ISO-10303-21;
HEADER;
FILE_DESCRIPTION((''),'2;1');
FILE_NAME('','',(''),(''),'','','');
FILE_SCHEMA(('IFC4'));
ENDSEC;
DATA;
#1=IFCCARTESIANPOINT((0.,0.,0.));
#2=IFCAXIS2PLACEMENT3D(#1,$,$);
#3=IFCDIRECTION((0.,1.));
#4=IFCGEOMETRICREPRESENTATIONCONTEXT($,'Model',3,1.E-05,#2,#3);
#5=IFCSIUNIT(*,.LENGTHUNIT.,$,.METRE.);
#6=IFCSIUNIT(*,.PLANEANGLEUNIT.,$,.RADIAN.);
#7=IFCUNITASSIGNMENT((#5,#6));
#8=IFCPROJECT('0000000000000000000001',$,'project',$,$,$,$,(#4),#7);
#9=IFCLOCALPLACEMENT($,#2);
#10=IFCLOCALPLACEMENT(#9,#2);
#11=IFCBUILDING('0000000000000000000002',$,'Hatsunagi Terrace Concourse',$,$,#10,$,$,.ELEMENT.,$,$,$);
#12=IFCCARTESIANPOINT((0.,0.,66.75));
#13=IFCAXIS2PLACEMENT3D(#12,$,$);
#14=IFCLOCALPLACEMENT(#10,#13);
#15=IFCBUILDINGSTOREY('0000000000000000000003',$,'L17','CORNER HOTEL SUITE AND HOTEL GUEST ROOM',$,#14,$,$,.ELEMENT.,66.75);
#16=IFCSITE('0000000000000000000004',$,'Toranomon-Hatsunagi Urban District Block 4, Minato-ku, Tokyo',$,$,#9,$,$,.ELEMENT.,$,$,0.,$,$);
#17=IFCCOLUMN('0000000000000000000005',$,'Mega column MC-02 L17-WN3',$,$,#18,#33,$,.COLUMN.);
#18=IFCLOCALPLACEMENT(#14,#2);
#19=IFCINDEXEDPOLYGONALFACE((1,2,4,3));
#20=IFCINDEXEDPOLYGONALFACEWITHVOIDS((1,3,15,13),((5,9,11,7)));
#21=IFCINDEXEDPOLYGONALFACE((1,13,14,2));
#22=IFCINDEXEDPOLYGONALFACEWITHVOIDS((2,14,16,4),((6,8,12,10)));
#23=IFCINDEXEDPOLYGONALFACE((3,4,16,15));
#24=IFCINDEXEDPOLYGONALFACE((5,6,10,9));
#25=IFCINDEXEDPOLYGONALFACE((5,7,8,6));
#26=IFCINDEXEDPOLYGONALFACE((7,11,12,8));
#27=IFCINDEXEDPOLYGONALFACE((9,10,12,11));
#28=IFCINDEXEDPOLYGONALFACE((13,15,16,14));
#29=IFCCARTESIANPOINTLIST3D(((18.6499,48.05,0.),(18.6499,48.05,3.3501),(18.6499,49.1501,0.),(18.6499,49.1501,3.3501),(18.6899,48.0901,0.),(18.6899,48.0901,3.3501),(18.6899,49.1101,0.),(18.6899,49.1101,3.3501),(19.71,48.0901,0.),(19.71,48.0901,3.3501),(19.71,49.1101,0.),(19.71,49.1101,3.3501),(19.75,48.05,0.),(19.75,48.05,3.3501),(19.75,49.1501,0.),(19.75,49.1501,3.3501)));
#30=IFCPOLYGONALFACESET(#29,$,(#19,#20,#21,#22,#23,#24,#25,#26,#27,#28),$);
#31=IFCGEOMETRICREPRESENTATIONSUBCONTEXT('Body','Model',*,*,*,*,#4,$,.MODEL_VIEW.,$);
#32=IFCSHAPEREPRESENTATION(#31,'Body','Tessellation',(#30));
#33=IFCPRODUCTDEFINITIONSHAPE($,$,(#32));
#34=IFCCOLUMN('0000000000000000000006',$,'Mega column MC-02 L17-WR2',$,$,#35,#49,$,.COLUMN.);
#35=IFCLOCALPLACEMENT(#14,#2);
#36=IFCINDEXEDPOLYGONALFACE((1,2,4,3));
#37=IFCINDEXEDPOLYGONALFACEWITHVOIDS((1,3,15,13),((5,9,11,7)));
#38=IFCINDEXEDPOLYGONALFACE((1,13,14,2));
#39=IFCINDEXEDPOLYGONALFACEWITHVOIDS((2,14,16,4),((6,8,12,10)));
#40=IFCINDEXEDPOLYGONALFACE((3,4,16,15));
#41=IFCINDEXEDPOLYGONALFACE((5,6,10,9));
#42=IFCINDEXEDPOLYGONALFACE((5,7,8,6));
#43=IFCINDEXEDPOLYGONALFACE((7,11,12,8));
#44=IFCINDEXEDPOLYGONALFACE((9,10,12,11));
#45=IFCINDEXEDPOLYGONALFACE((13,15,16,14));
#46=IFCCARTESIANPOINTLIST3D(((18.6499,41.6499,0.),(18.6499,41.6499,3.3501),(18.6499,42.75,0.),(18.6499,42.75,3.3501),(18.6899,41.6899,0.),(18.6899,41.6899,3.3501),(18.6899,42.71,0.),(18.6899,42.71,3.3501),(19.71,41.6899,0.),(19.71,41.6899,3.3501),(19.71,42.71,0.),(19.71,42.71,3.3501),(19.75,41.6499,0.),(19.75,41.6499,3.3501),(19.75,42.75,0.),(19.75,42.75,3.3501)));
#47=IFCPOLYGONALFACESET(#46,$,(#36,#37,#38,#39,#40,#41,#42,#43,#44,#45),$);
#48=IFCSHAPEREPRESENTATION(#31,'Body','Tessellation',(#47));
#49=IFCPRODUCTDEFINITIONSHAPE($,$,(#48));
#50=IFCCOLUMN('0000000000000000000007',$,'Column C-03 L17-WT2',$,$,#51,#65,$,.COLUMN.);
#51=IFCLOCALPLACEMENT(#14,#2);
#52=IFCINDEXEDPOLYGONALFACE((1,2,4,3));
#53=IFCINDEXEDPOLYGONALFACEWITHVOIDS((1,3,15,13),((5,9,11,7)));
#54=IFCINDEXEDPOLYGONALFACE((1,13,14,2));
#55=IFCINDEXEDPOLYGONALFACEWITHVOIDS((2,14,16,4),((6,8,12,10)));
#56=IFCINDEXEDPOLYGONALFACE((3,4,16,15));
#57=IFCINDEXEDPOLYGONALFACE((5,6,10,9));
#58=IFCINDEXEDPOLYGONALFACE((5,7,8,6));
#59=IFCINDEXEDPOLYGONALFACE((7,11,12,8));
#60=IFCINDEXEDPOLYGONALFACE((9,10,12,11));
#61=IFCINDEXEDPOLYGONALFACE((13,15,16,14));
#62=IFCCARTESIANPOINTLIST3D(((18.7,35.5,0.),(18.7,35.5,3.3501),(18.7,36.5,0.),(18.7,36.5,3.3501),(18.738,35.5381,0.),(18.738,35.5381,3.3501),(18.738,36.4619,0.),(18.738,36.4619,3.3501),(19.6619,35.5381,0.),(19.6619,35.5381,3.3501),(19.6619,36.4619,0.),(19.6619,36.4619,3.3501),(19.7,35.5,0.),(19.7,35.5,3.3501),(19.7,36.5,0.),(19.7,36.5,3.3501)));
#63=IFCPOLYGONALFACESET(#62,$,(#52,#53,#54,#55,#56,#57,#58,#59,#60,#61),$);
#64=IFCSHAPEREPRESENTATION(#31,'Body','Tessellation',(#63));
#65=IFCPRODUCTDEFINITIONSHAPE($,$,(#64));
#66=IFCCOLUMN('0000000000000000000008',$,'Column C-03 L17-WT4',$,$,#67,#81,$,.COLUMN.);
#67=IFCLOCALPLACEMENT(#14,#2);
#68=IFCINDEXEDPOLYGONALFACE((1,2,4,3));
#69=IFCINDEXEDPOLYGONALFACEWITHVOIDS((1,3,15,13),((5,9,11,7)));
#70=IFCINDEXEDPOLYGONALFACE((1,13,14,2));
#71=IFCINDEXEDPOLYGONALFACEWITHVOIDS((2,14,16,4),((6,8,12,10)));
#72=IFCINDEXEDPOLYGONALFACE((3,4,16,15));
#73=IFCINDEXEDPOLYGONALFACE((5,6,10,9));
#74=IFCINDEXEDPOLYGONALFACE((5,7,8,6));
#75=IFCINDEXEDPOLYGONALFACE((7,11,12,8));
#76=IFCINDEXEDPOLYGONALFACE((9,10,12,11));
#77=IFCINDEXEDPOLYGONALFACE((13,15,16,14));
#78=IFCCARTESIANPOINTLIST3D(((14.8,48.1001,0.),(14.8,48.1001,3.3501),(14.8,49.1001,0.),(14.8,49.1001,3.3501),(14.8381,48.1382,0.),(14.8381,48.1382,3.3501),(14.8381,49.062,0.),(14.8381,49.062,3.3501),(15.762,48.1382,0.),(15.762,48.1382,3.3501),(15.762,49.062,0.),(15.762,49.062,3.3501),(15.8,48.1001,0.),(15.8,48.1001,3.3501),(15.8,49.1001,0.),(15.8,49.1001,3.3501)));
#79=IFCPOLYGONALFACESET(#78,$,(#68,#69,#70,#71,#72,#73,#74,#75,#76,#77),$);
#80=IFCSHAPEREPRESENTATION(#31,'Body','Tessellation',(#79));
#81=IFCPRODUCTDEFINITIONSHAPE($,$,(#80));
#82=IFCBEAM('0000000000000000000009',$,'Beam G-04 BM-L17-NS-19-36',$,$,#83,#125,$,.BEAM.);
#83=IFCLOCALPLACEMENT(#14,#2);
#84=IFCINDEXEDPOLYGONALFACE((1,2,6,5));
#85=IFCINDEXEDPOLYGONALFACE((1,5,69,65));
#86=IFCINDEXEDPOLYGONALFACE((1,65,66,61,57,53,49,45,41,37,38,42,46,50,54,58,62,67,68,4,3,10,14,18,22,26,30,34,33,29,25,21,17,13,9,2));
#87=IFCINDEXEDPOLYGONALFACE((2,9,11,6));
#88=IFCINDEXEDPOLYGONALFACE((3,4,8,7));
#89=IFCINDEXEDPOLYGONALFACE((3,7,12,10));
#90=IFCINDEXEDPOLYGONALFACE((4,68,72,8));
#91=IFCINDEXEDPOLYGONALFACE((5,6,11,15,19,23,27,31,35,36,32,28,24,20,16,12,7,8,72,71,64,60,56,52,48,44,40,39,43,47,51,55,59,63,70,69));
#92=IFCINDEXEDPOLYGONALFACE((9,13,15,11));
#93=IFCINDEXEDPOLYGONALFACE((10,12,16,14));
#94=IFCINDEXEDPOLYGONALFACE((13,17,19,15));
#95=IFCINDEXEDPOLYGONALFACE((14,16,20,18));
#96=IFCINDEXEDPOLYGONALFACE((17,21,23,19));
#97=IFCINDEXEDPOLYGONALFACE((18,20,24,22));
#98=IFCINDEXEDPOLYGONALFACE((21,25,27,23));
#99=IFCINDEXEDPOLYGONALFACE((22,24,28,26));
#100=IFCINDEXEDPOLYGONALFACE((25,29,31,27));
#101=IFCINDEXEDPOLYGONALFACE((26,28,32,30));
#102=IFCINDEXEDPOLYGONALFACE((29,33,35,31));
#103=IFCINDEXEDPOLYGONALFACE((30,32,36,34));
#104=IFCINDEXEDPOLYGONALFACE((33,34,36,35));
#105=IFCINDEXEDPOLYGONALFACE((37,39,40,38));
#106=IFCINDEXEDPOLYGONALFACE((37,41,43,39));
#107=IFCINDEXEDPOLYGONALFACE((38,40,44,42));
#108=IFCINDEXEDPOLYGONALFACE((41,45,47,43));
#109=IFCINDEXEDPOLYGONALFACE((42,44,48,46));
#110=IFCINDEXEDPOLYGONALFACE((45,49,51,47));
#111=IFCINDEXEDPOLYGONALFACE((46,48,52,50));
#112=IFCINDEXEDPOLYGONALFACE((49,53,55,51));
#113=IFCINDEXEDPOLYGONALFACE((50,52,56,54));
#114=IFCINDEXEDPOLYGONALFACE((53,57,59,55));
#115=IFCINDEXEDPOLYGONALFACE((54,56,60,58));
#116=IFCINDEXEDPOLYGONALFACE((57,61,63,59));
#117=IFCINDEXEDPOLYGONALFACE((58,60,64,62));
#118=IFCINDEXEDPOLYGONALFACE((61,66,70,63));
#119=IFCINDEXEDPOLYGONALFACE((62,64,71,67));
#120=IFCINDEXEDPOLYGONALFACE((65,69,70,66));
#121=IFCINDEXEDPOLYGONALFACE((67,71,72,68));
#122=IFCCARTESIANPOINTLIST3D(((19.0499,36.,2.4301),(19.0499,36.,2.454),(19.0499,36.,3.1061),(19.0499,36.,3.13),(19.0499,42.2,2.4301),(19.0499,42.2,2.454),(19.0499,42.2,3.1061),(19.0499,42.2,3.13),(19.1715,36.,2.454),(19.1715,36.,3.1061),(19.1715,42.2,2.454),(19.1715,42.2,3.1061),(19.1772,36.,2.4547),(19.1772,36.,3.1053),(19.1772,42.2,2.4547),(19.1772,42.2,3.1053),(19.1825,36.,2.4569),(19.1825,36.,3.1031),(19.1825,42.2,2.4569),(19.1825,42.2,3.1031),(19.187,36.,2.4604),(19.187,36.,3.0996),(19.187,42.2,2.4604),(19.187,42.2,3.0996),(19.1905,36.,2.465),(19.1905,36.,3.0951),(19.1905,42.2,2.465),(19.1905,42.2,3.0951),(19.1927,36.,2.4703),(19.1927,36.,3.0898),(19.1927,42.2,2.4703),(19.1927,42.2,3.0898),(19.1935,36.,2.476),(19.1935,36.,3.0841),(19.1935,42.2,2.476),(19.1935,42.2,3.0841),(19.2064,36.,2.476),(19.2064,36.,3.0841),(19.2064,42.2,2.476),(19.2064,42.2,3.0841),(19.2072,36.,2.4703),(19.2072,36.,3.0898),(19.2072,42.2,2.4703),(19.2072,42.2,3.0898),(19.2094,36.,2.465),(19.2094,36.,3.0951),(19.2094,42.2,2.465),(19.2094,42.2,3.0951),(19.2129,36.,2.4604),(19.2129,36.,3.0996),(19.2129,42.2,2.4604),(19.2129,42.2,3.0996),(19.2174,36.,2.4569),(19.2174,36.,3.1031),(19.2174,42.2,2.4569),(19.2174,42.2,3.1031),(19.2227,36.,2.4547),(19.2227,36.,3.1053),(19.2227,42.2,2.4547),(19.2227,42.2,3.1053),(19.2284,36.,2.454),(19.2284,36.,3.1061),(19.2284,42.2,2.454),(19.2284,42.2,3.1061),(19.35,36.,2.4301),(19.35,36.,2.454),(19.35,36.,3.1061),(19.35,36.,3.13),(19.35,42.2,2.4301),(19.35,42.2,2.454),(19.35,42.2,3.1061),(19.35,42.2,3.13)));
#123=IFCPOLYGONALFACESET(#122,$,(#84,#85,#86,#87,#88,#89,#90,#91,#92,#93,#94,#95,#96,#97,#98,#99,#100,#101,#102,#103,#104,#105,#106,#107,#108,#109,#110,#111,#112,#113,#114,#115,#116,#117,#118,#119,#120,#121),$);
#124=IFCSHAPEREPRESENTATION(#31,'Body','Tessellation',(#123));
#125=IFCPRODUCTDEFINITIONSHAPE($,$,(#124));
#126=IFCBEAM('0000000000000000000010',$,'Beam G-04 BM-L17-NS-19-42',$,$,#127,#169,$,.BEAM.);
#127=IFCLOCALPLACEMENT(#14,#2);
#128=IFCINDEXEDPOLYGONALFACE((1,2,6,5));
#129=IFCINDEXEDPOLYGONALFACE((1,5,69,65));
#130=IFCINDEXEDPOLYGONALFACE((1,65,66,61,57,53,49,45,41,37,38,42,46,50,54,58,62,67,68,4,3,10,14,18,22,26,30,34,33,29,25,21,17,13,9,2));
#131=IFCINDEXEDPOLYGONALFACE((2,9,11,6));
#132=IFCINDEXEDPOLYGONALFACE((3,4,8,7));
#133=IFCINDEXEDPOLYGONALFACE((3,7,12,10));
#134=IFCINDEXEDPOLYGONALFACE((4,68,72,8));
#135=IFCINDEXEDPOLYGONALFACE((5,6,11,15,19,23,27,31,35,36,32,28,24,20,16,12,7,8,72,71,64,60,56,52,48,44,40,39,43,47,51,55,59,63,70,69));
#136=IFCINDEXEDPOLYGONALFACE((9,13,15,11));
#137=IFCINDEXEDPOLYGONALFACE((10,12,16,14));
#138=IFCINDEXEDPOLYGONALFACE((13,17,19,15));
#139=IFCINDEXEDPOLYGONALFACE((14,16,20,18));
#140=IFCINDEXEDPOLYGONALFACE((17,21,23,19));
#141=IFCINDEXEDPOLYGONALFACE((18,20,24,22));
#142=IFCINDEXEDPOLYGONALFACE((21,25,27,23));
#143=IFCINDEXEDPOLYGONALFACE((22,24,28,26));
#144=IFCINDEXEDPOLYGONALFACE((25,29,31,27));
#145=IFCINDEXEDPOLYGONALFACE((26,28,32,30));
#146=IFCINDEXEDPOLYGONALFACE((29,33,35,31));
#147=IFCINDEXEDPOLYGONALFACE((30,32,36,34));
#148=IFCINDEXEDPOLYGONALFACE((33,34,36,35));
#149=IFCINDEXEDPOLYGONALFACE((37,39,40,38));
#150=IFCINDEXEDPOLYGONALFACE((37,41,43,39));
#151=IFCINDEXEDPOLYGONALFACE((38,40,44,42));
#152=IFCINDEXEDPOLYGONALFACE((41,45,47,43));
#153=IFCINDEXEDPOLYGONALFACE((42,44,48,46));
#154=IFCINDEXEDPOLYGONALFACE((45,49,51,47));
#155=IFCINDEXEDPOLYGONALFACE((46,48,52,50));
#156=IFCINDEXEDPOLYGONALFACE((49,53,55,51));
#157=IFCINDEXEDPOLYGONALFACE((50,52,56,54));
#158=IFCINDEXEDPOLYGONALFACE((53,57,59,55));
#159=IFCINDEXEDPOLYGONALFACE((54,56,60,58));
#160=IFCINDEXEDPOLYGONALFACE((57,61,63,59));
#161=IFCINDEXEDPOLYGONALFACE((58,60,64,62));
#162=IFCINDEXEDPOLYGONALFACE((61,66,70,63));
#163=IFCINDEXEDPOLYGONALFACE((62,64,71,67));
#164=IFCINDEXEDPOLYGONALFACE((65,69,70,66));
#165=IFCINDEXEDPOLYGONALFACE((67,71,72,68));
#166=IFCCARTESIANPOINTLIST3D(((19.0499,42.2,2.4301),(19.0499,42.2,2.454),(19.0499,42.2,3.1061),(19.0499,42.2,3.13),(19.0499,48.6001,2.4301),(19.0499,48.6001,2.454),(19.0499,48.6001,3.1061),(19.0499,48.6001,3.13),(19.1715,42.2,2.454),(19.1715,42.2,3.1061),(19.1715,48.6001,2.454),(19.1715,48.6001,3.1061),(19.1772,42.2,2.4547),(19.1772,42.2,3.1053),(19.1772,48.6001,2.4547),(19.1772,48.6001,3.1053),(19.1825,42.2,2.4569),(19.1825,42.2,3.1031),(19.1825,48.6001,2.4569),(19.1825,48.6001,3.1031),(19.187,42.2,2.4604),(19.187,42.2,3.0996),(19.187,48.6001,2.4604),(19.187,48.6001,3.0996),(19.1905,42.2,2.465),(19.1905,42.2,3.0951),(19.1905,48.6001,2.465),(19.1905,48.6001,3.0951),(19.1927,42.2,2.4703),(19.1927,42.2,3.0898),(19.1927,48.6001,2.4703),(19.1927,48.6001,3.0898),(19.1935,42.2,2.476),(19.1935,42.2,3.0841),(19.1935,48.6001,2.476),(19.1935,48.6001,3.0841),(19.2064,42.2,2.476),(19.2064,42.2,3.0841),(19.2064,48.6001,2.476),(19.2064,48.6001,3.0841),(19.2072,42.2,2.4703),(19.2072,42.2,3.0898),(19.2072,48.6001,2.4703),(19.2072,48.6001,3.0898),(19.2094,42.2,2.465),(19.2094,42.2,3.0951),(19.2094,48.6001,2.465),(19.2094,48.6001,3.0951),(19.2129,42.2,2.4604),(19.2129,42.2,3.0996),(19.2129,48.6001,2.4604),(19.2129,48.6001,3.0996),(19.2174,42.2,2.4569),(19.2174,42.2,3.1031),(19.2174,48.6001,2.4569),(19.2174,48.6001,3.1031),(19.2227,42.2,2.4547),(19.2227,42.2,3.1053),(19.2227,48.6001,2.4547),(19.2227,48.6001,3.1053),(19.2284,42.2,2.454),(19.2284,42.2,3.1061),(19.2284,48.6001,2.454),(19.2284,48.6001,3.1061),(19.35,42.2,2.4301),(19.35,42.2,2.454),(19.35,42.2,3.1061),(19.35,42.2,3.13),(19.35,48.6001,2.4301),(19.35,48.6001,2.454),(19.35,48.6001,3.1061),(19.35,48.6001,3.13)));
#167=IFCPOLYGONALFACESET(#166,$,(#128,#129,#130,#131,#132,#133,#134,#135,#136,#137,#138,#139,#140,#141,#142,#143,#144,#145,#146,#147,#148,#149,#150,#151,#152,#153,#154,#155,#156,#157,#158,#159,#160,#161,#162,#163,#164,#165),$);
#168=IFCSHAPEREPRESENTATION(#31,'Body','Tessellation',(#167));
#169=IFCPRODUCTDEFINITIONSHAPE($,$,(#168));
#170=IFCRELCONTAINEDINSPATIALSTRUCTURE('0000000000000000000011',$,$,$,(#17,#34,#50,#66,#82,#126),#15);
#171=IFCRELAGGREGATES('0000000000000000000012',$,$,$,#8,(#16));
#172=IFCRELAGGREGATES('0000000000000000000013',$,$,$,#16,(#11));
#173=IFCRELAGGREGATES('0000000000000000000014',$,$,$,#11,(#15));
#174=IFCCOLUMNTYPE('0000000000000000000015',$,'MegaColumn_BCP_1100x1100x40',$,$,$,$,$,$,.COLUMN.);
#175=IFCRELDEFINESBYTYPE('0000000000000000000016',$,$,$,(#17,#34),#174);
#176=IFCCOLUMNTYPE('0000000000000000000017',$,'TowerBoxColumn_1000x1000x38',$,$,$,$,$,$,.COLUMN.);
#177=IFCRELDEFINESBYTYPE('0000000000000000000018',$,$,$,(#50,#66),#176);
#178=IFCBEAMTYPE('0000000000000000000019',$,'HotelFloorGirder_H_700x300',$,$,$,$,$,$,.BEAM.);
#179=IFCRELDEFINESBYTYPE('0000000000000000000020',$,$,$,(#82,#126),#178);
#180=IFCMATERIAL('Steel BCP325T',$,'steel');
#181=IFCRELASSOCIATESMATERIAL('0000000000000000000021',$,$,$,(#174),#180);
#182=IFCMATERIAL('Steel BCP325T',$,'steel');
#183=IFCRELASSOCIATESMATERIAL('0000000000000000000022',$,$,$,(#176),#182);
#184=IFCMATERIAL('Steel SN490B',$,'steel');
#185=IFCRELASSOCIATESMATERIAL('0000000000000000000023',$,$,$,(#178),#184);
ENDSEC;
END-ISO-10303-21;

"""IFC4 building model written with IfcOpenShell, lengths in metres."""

from ifc_helpers import new_model, si_unit, direction, frame, origin, origin_2d, place, context, subcontext, project, spatial, hollow_rectangle, i_section, extrude, material, material_profile, profile_set, type_object, element, save


model = new_model("IFC4")

# Units and contexts
model_context = context("Model", 3, precision=1e-05, world=origin(), true_north=direction((0.0, 1.0)))
body_context = subcontext(model_context, "Body", "Model", "MODEL_VIEW")
ifc_project = project(units=[si_unit("LENGTHUNIT", "METRE"), si_unit("PLANEANGLEUNIT", "RADIAN")], contexts=[model_context])

# Site, building, storey
site_placement = place(None, origin())
site = spatial("IfcSite", under=ifc_project, at=site_placement, Name="Toranomon-Hatsunagi Urban District Block 4, Minato-ku, Tokyo", CompositionType="ELEMENT", RefElevation=0.0)
building_placement = place(site_placement, origin())
building = spatial("IfcBuilding", under=site, at=building_placement, Name="Hatsunagi Terrace Concourse", CompositionType="ELEMENT")
storey_placement = place(building_placement, frame((0.0, 0.0, 66.75)))
storey = spatial("IfcBuildingStorey", under=building, at=storey_placement, Name="L17", Description="CORNER HOTEL SUITE AND HOTEL GUEST ROOM", CompositionType="ELEMENT", Elevation=66.75)

# Columns
ifc_material_1 = material(Name="Steel BCP325T", Category="steel")
ifc_material_profile_1 = material_profile(ifc_material_1, hollow_rectangle(XDim=1.1001, YDim=1.1001, WallThickness=0.04, at=origin_2d()), Name="BCP-1100x1100x40")
ifc_profile_set_1 = profile_set([ifc_material_profile_1], Name="Steel BCP325T")
column_type_1 = type_object("IfcColumnType", Name="MegaColumn_BCP_1100x1100x40", PredefinedType="COLUMN", material=ifc_profile_set_1)
for number, where, z_axis, x_axis, name in (
    (1, (19.2, 48.6001, 0.0), (0.0, 0.0, 1.0), (1.0, 0.0, 0.0), "Mega column MC-02 L17-WN3"),
    (2, (19.2, 42.2, 0.0), (0.0, 0.0, 1.0), (1.0, 0.0, 0.0), "Mega column MC-02 L17-WR2"),
):
    element("IfcColumn", number, at=place(storey_placement, frame(where, z_axis=z_axis, x_axis=x_axis)), inside=storey, type_object=column_type_1, Name=name, PredefinedType="COLUMN", context=body_context, shape_type="SweptSolid", body=[
        extrude(hollow_rectangle(XDim=1.1001, YDim=1.1001, WallThickness=0.04, at=origin_2d()), origin(), (0.0, 0.0, 1.0), 3.3501),
    ])
ifc_material_2 = material(Name="Steel BCP325T", Category="steel")
ifc_material_profile_2 = material_profile(ifc_material_2, hollow_rectangle(XDim=1.0, YDim=1.0, WallThickness=0.0381, at=origin_2d()), Name="BCP-1000x1000x38")
ifc_profile_set_2 = profile_set([ifc_material_profile_2], Name="Steel BCP325T")
column_type_2 = type_object("IfcColumnType", Name="TowerBoxColumn_1000x1000x38", PredefinedType="COLUMN", material=ifc_profile_set_2)
for number, where, z_axis, x_axis, name in (
    (3, (19.2, 36.0, 0.0), (0.0, 0.0, 1.0), (1.0, 0.0, 0.0), "Column C-03 L17-WT2"),
    (4, (15.3, 48.6001, 0.0), (0.0, 0.0, 1.0), (1.0, 0.0, 0.0), "Column C-03 L17-WT4"),
):
    element("IfcColumn", number, at=place(storey_placement, frame(where, z_axis=z_axis, x_axis=x_axis)), inside=storey, type_object=column_type_2, Name=name, PredefinedType="COLUMN", context=body_context, shape_type="SweptSolid", body=[
        extrude(hollow_rectangle(XDim=1.0, YDim=1.0, WallThickness=0.0381, at=origin_2d()), origin(), (0.0, 0.0, 1.0), 3.3501),
    ])

# Beams
ifc_material_3 = material(Name="Steel SN490B", Category="steel")
ifc_material_profile_3 = material_profile(ifc_material_3, i_section(OverallWidth=0.3, OverallDepth=0.7, WebThickness=0.0129, FlangeThickness=0.0239, FilletRadius=0.022, at=origin_2d()), Name="H-700x300x13x24")
ifc_profile_set_3 = profile_set([ifc_material_profile_3], Name="Steel SN490B")
beam_type_1 = type_object("IfcBeamType", Name="HotelFloorGirder_H_700x300", PredefinedType="BEAM", material=ifc_profile_set_3)
beam_1_placement = place(storey_placement, frame((19.2, 36.0, 2.78), z_axis=(0.0, 1.0, 0.0), x_axis=(-1.0, 0.0, 0.0)))
element("IfcBeam", 5, at=beam_1_placement, inside=storey, type_object=beam_type_1, Name="Beam G-04 BM-L17-NS-19-36", PredefinedType="BEAM", context=body_context, shape_type="SweptSolid", body=[
    extrude(i_section(OverallWidth=0.3, OverallDepth=0.7, WebThickness=0.0129, FlangeThickness=0.0239, FilletRadius=0.022, at=origin_2d()), origin(), (0.0, 0.0, 1.0), 6.2),
])
beam_2_placement = place(storey_placement, frame((19.2, 42.2, 2.78), z_axis=(0.0, 1.0, 0.0), x_axis=(-1.0, 0.0, 0.0)))
element("IfcBeam", 6, at=beam_2_placement, inside=storey, type_object=beam_type_1, Name="Beam G-04 BM-L17-NS-19-42", PredefinedType="BEAM", context=body_context, shape_type="SweptSolid", body=[
    extrude(i_section(OverallWidth=0.3, OverallDepth=0.7, WebThickness=0.0129, FlangeThickness=0.0239, FilletRadius=0.022, at=origin_2d()), origin(), (0.0, 0.0, 1.0), 6.4001),
])

save(model, "model.ifc")
